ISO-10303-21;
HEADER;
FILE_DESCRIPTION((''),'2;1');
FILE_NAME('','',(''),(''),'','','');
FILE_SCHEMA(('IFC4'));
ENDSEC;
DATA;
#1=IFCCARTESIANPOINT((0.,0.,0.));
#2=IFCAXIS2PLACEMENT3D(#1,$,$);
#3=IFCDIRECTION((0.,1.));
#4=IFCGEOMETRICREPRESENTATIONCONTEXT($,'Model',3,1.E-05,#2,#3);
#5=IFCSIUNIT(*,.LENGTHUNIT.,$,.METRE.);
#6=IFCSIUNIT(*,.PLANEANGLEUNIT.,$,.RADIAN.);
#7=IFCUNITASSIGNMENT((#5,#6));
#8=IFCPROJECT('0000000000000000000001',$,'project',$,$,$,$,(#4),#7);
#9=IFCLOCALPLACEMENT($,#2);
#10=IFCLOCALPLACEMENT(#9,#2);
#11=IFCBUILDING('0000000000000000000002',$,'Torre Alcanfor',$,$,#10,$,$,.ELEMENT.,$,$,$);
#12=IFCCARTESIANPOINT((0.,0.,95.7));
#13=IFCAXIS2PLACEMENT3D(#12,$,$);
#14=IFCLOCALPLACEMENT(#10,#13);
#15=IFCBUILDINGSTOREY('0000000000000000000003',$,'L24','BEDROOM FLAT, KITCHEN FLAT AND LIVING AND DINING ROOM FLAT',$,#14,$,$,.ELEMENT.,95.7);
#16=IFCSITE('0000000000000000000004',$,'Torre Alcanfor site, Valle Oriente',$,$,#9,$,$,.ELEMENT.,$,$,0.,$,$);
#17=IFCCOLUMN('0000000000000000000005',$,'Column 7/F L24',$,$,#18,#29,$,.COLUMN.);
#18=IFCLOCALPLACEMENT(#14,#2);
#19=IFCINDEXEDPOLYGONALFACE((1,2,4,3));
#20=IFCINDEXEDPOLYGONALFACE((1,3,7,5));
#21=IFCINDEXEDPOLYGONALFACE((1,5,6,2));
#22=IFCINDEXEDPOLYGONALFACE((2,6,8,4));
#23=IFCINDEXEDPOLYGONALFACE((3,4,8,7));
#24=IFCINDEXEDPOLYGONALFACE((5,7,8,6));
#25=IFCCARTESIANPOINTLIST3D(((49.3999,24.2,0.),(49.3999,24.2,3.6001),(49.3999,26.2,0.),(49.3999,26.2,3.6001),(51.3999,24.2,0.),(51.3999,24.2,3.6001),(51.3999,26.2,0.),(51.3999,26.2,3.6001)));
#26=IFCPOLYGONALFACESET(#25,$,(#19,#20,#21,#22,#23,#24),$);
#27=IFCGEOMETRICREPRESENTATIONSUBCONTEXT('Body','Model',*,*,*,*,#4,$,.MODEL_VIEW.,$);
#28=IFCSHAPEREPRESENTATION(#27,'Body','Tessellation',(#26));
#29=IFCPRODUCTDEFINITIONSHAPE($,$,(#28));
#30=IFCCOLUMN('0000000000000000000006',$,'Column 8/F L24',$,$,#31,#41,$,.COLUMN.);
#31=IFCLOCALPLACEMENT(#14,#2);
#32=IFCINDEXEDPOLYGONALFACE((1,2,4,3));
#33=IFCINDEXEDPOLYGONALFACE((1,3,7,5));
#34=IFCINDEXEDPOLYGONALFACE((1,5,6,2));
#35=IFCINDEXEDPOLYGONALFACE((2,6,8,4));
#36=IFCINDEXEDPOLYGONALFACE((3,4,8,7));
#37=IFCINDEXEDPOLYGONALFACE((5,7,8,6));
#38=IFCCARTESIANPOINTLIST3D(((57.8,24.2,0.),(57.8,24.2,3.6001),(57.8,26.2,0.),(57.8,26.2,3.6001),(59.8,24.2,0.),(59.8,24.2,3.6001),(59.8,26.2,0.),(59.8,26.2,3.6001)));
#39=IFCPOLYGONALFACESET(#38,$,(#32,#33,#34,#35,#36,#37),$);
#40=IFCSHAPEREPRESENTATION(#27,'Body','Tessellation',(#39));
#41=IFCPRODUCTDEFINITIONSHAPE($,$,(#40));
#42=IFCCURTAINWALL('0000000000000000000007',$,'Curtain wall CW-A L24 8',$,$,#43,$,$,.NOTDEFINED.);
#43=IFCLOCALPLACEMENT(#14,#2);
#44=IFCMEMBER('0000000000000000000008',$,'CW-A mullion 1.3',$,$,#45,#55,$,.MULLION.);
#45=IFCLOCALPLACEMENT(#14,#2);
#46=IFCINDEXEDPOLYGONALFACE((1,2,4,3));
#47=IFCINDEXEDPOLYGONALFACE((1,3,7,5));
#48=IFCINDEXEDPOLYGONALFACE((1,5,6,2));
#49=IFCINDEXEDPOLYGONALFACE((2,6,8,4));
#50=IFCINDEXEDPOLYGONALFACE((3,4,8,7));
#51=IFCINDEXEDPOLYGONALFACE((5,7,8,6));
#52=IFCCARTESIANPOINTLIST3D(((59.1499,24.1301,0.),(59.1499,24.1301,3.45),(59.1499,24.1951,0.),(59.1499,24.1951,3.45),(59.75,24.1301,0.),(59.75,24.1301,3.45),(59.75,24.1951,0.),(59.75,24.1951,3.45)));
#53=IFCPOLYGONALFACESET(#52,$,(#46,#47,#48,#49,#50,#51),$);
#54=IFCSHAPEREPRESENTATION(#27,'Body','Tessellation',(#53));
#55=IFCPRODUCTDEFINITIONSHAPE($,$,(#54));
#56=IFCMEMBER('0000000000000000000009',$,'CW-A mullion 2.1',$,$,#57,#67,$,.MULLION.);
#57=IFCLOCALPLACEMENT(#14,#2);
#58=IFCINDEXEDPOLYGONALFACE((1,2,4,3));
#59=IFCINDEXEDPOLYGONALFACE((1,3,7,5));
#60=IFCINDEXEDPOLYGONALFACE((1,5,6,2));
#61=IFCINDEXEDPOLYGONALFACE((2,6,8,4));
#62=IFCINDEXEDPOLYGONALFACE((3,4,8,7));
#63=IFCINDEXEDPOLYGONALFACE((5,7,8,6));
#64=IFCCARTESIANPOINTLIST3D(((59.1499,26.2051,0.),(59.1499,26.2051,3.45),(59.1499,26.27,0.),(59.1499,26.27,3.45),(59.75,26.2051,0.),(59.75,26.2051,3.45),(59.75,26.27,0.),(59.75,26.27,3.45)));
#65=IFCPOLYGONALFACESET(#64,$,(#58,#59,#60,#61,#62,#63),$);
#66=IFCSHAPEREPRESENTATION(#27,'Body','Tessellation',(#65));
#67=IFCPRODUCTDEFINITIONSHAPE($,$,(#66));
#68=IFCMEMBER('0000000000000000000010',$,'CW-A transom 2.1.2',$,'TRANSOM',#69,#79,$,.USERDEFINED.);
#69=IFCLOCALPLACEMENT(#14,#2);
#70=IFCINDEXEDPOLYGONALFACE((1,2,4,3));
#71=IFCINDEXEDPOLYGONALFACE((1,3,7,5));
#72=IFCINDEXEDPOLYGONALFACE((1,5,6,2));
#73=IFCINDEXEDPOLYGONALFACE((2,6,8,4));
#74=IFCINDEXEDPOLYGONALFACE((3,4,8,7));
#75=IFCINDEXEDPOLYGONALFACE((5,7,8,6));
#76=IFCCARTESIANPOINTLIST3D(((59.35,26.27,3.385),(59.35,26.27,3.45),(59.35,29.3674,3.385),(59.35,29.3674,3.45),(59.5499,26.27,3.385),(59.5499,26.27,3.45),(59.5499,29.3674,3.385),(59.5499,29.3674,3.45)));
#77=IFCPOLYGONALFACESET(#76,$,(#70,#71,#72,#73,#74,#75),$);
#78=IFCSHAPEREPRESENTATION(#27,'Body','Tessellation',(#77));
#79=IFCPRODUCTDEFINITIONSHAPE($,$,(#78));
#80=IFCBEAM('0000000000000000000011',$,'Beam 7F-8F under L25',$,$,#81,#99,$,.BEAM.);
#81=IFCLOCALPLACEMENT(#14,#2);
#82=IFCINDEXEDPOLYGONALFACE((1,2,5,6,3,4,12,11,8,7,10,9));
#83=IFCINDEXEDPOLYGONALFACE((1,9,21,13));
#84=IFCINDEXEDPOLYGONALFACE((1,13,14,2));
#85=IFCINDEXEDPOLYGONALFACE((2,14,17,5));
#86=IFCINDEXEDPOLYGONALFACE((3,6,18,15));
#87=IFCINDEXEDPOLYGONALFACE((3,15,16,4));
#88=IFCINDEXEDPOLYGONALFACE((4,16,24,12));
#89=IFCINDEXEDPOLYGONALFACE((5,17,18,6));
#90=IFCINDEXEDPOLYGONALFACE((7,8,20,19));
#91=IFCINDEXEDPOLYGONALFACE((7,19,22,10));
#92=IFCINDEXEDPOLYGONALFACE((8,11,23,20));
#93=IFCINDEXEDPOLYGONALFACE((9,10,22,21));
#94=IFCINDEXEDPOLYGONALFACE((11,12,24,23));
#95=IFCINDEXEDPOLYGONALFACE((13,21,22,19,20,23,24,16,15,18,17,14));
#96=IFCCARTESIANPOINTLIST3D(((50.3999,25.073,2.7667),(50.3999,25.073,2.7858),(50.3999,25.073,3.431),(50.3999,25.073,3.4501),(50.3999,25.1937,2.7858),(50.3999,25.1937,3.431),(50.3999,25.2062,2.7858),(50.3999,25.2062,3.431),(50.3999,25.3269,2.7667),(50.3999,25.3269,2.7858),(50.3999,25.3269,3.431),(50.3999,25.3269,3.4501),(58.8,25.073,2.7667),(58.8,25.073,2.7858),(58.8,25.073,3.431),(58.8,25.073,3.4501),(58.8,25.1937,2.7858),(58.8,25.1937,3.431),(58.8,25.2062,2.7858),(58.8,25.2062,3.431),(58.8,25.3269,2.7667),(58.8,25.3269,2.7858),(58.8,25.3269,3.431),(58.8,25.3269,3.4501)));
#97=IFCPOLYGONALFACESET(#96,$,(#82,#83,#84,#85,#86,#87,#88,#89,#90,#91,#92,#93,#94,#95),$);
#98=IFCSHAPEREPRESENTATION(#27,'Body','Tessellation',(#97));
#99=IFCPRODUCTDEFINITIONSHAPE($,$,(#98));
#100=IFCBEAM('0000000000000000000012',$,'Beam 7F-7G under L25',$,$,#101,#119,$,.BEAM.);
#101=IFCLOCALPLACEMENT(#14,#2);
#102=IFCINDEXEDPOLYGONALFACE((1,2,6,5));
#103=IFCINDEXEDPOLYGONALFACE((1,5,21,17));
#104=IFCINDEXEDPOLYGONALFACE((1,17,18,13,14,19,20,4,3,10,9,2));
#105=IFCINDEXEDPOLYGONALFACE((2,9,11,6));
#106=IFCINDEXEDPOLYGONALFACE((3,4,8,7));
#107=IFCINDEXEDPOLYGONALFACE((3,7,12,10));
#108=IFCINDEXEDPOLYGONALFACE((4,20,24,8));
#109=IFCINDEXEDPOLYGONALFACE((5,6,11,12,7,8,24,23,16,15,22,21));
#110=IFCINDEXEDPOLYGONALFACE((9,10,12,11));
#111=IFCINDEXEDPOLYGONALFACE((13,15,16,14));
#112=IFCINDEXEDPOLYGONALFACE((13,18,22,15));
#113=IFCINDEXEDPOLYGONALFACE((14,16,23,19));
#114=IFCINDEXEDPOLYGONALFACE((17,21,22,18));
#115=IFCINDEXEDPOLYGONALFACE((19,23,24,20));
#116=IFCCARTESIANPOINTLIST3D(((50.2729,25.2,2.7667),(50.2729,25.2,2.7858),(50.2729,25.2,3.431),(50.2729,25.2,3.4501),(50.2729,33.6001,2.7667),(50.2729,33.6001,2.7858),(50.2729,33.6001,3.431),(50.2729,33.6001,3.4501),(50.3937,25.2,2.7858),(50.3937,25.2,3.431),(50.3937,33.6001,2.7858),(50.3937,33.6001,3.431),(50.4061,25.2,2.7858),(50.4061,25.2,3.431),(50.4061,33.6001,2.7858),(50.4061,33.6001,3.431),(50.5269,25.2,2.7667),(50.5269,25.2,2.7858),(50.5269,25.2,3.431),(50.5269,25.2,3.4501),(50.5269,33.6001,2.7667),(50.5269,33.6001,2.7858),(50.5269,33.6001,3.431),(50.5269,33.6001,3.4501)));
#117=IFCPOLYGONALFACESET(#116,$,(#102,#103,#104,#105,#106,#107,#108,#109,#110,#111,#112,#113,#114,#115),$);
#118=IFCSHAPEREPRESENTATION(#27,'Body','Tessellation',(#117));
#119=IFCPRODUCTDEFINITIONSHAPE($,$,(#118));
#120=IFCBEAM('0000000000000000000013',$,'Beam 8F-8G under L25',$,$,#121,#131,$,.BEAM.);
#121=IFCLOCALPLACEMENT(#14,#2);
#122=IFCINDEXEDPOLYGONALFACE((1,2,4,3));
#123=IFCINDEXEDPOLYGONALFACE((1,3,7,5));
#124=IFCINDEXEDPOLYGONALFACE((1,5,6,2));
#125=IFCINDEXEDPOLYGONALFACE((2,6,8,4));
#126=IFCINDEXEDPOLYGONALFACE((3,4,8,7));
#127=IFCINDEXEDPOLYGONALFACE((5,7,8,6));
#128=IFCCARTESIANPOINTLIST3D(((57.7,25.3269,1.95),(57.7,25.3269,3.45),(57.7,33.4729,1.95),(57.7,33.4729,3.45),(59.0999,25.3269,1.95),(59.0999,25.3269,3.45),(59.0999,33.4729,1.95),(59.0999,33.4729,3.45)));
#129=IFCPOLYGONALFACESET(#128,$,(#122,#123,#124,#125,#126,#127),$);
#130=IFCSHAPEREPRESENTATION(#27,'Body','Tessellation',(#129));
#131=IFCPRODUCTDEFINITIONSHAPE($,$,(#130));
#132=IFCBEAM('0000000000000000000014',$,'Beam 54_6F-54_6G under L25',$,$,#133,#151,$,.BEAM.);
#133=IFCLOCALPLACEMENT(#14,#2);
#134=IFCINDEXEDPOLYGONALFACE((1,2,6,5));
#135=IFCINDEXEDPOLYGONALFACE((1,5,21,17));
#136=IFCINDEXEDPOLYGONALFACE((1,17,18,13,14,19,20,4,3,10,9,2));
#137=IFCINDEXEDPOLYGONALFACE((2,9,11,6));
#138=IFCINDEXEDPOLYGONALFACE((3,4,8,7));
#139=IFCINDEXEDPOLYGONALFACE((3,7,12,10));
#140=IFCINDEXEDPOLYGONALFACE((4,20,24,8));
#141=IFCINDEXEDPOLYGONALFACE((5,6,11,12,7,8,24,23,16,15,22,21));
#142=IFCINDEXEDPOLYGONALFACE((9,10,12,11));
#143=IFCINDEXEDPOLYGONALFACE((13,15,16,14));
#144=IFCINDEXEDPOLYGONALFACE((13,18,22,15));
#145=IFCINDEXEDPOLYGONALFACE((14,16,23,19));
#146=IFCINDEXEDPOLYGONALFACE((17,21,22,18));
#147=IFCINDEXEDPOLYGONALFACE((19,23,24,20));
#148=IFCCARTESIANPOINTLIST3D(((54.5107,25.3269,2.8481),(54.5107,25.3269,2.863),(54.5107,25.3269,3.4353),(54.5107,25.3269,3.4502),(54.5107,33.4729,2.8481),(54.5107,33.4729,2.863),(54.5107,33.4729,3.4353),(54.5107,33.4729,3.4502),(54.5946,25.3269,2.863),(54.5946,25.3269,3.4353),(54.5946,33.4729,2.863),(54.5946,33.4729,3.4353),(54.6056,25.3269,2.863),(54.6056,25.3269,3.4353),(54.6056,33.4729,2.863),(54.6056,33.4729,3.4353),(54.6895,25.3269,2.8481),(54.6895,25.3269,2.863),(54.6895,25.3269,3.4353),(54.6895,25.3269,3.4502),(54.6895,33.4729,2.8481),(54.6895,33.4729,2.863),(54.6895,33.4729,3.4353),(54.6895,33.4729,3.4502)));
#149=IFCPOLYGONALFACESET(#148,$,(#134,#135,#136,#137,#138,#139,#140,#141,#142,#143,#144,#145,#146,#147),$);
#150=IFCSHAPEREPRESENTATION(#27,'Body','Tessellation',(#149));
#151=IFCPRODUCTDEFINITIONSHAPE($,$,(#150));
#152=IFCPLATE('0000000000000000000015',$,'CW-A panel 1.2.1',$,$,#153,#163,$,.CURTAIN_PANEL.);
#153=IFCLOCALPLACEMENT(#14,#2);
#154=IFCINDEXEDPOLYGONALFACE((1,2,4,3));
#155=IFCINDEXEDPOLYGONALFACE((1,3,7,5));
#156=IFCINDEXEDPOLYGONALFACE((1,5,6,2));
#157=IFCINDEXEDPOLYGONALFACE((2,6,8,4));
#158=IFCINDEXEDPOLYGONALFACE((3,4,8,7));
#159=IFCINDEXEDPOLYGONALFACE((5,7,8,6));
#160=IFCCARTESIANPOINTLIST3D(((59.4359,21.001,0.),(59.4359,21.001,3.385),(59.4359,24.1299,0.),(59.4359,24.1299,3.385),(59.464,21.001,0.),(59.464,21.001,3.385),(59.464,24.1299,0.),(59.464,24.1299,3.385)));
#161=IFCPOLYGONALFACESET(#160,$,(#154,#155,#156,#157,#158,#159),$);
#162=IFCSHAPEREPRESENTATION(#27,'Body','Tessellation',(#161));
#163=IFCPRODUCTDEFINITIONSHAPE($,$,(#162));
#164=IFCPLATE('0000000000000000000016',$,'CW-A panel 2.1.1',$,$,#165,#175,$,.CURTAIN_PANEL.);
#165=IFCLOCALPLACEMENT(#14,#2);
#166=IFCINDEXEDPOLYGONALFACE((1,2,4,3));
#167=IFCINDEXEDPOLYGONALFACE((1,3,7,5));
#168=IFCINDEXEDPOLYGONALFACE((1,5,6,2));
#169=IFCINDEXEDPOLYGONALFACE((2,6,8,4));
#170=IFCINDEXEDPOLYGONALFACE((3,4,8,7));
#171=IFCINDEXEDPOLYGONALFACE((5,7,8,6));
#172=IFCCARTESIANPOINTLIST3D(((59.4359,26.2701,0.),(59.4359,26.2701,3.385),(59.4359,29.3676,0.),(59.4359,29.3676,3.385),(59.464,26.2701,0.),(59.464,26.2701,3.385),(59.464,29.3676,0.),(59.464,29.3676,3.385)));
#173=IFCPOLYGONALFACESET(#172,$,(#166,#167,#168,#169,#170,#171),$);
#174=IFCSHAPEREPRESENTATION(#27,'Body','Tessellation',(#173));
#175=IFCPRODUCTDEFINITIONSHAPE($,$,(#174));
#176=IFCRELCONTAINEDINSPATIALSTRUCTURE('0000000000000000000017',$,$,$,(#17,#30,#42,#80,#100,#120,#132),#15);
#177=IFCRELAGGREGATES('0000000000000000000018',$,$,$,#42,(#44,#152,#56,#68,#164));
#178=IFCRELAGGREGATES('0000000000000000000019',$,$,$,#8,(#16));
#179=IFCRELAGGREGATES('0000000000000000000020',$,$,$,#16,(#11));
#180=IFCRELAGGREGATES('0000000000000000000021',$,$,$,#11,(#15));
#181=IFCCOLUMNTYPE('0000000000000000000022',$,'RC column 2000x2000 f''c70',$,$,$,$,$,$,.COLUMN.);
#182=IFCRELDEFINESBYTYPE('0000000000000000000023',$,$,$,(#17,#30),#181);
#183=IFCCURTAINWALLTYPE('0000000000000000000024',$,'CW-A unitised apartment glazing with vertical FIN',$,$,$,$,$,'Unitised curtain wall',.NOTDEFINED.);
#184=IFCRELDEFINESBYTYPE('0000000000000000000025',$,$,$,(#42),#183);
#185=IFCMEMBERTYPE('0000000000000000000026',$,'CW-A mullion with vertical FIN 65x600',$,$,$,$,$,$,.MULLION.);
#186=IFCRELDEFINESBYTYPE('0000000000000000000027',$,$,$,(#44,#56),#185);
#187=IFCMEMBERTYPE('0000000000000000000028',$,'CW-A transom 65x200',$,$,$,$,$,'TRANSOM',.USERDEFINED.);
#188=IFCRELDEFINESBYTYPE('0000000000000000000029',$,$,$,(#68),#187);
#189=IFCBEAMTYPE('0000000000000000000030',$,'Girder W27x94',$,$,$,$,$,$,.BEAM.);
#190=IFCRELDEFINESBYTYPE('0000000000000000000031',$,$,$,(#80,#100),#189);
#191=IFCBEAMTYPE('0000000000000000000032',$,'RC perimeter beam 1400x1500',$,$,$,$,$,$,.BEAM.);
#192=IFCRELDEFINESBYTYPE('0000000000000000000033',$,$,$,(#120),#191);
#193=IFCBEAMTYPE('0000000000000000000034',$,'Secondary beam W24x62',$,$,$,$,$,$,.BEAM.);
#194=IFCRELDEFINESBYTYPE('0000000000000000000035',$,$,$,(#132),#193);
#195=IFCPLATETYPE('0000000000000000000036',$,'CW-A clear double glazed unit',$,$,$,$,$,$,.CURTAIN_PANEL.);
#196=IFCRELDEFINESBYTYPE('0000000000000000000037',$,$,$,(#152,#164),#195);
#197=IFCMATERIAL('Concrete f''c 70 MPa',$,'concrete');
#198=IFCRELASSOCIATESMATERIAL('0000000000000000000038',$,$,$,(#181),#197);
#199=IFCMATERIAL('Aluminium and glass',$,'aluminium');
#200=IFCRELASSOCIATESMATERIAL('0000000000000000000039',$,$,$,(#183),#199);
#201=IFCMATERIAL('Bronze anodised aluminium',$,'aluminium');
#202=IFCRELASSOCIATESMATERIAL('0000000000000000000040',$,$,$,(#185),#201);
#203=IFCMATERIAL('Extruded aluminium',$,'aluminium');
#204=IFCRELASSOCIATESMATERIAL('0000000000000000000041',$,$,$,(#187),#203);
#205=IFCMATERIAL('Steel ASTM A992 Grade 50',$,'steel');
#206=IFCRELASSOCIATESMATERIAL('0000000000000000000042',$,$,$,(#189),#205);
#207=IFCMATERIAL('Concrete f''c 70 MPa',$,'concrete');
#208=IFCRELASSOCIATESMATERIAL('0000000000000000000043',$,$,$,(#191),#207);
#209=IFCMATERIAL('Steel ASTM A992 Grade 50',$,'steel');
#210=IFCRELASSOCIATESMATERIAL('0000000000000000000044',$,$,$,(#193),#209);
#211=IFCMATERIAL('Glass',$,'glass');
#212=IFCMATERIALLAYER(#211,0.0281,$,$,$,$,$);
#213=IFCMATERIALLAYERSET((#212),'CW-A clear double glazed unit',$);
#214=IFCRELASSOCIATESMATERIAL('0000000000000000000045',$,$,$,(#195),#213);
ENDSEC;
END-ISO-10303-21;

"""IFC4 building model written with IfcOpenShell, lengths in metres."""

from ifc_helpers import new_model, si_unit, direction, frame, origin, origin_2d, place, context, subcontext, project, spatial, rectangle, i_section, extrude, material, layer, layer_set, material_profile, profile_set, type_object, element, aggregate, save


model = new_model("IFC4")

# Units and contexts
model_context = context("Model", 3, precision=1e-05, world=origin(), true_north=direction((0.0, 1.0)))
body_context = subcontext(model_context, "Body", "Model", "MODEL_VIEW")
ifc_project = project(units=[si_unit("LENGTHUNIT", "METRE"), si_unit("PLANEANGLEUNIT", "RADIAN")], contexts=[model_context])

# Site, building, storey
site_placement = place(None, origin())
site = spatial("IfcSite", under=ifc_project, at=site_placement, Name="Torre Alcanfor site, Valle Oriente", CompositionType="ELEMENT", RefElevation=0.0)
building_placement = place(site_placement, origin())
building = spatial("IfcBuilding", under=site, at=building_placement, Name="Torre Alcanfor", CompositionType="ELEMENT")
storey_placement = place(building_placement, frame((0.0, 0.0, 95.7)))
storey = spatial("IfcBuildingStorey", under=building, at=storey_placement, Name="L24", Description="BEDROOM FLAT, KITCHEN FLAT AND LIVING AND DINING ROOM FLAT", CompositionType="ELEMENT", Elevation=95.7)

# Columns
ifc_material_1 = material(Name="Concrete f'c 70 MPa", Category="concrete")
ifc_material_profile_1 = material_profile(ifc_material_1, rectangle(XDim=2.0, YDim=2.0, at=origin_2d()), Name="2000x2000")
ifc_profile_set_1 = profile_set([ifc_material_profile_1], Name="Concrete f'c 70 MPa")
column_type = type_object("IfcColumnType", Name="RC column 2000x2000 f'c70", PredefinedType="COLUMN", material=ifc_profile_set_1)
for number, where, z_axis, x_axis, name in (
    (1, (50.3999, 25.2, 0.0), (0.0, 0.0, 1.0), (1.0, 0.0, 0.0), "Column 7/F L24"),
    (2, (58.8, 25.2, 0.0), (0.0, 0.0, 1.0), (1.0, 0.0, 0.0), "Column 8/F L24"),
):
    element("IfcColumn", number, at=place(storey_placement, frame(where, z_axis=z_axis, x_axis=x_axis)), inside=storey, type_object=column_type, Name=name, PredefinedType="COLUMN", context=body_context, shape_type="SweptSolid", body=[
        extrude(rectangle(XDim=2.0, YDim=2.0, at=origin_2d()), origin(), (0.0, 0.0, 1.0), 3.6001),
    ])

# Curtain wall, members
ifc_material_2 = material(Name="Aluminium and glass", Category="aluminium")
curtain_wall_type = type_object("IfcCurtainWallType", Name="CW-A unitised apartment glazing with vertical FIN", ElementType="Unitised curtain wall", PredefinedType="NOTDEFINED", material=ifc_material_2)
curtain_wall_placement = place(storey_placement, origin())
curtain_wall = element("IfcCurtainWall", 3, at=curtain_wall_placement, inside=storey, type_object=curtain_wall_type, Name="Curtain wall CW-A L24 8", PredefinedType="NOTDEFINED")
ifc_material_3 = material(Name="Bronze anodised aluminium", Category="aluminium")
ifc_material_profile_2 = material_profile(ifc_material_3, rectangle(XDim=0.6001, YDim=0.0649, at=origin_2d()), Name="CW-A mullion 65x600")
ifc_profile_set_2 = profile_set([ifc_material_profile_2], Name="Bronze anodised aluminium")
member_type_1 = type_object("IfcMemberType", Name="CW-A mullion with vertical FIN 65x600", PredefinedType="MULLION", material=ifc_profile_set_2)
member_1_placement = place(storey_placement, frame((59.45, 24.1626, 0.0), z_axis=(0.0, 0.0, 1.0), x_axis=(-1.0, 0.0, 0.0)))
member_1 = element("IfcMember", 4, at=member_1_placement, type_object=member_type_1, Name="CW-A mullion 1.3", PredefinedType="MULLION", context=body_context, shape_type="SweptSolid", body=[
    extrude(rectangle(XDim=0.6001, YDim=0.0649, at=origin_2d()), origin(), (0.0, 0.0, 1.0), 3.45),
])
member_2_placement = place(storey_placement, frame((59.45, 26.2375, 0.0), z_axis=(0.0, 0.0, 1.0), x_axis=(-1.0, 0.0, 0.0)))
member_2 = element("IfcMember", 5, at=member_2_placement, type_object=member_type_1, Name="CW-A mullion 2.1", PredefinedType="MULLION", context=body_context, shape_type="SweptSolid", body=[
    extrude(rectangle(XDim=0.6001, YDim=0.0649, at=origin_2d()), origin(), (0.0, 0.0, 1.0), 3.45),
])
ifc_material_4 = material(Name="Extruded aluminium", Category="aluminium")
ifc_material_profile_3 = material_profile(ifc_material_4, rectangle(XDim=0.2, YDim=0.0649, at=origin_2d()), Name="CW-A transom 200x65")
ifc_profile_set_3 = profile_set([ifc_material_profile_3], Name="Extruded aluminium")
member_type_2 = type_object("IfcMemberType", Name="CW-A transom 65x200", ElementType="TRANSOM", PredefinedType="USERDEFINED", material=ifc_profile_set_3)
member_3_placement = place(storey_placement, frame((59.45, 26.27, 3.4175), z_axis=(0.0, 1.0, 0.0), x_axis=(-1.0, 0.0, 0.0)))
member_3 = element("IfcMember", 6, at=member_3_placement, type_object=member_type_2, Name="CW-A transom 2.1.2", ObjectType="TRANSOM", PredefinedType="USERDEFINED", context=body_context, shape_type="SweptSolid", body=[
    extrude(rectangle(XDim=0.2, YDim=0.0649, at=origin_2d()), origin(), (0.0, 0.0, 1.0), 3.0974),
])

# Beams
ifc_material_5 = material(Name="Steel ASTM A992 Grade 50", Category="steel")
ifc_material_profile_4 = material_profile(ifc_material_5, i_section(OverallWidth=0.2539, OverallDepth=0.6833, WebThickness=0.0125, FlangeThickness=0.019, at=origin_2d()), Name="W27x94")
ifc_profile_set_4 = profile_set([ifc_material_profile_4], Name="Steel ASTM A992 Grade 50")
beam_type_1 = type_object("IfcBeamType", Name="Girder W27x94", PredefinedType="BEAM", material=ifc_profile_set_4)
for number, where, z_axis, x_axis, name in (
    (7, (50.3999, 25.2, 3.1084), (1.0, 0.0, 0.0), (0.0, 1.0, 0.0), "Beam 7F-8F under L25"),
    (8, (50.3999, 25.2, 3.1084), (0.0, 1.0, 0.0), (-1.0, 0.0, 0.0), "Beam 7F-7G under L25"),
):
    element("IfcBeam", number, at=place(storey_placement, frame(where, z_axis=z_axis, x_axis=x_axis)), inside=storey, type_object=beam_type_1, Name=name, PredefinedType="BEAM", context=body_context, shape_type="SweptSolid", body=[
        extrude(i_section(OverallWidth=0.2539, OverallDepth=0.6833, WebThickness=0.0125, FlangeThickness=0.019, at=origin_2d()), origin(), (0.0, 0.0, 1.0), 8.4001),
    ])
ifc_material_6 = material(Name="Concrete f'c 70 MPa", Category="concrete")
ifc_material_profile_5 = material_profile(ifc_material_6, rectangle(XDim=1.3999, YDim=1.5, at=origin_2d()), Name="1400x1500")
ifc_profile_set_5 = profile_set([ifc_material_profile_5], Name="Concrete f'c 70 MPa")
beam_type_2 = type_object("IfcBeamType", Name="RC perimeter beam 1400x1500", PredefinedType="BEAM", material=ifc_profile_set_5)
beam_1_placement = place(storey_placement, frame((58.3999, 25.3269, 2.7), z_axis=(0.0, 1.0, 0.0), x_axis=(-1.0, 0.0, 0.0)))
element("IfcBeam", 9, at=beam_1_placement, inside=storey, type_object=beam_type_2, Name="Beam 8F-8G under L25", PredefinedType="BEAM", context=body_context, shape_type="SweptSolid", body=[
    extrude(rectangle(XDim=1.3999, YDim=1.5, at=origin_2d()), origin(), (0.0, 0.0, 1.0), 8.146),
])
ifc_material_7 = material(Name="Steel ASTM A992 Grade 50", Category="steel")
ifc_material_profile_6 = material_profile(ifc_material_7, i_section(OverallWidth=0.1787, OverallDepth=0.6021, WebThickness=0.011, FlangeThickness=0.0149, at=origin_2d()), Name="W24x62")
ifc_profile_set_6 = profile_set([ifc_material_profile_6], Name="Steel ASTM A992 Grade 50")
beam_type_3 = type_object("IfcBeamType", Name="Secondary beam W24x62", PredefinedType="BEAM", material=ifc_profile_set_6)
beam_2_placement = place(storey_placement, frame((54.6001, 25.3269, 3.1492), z_axis=(0.0, 1.0, 0.0), x_axis=(-1.0, 0.0, 0.0)))
element("IfcBeam", 10, at=beam_2_placement, inside=storey, type_object=beam_type_3, Name="Beam 54_6F-54_6G under L25", PredefinedType="BEAM", context=body_context, shape_type="SweptSolid", body=[
    extrude(i_section(OverallWidth=0.1787, OverallDepth=0.6021, WebThickness=0.011, FlangeThickness=0.0149, at=origin_2d()), origin(), (0.0, 0.0, 1.0), 8.146),
])

# Plates
ifc_material_8 = material(Name="Glass", Category="glass")
ifc_layer_1 = layer(ifc_material_8, 0.0281)
ifc_layer_set_1 = layer_set([ifc_layer_1], Name="CW-A clear double glazed unit")
plate_type = type_object("IfcPlateType", Name="CW-A clear double glazed unit", PredefinedType="CURTAIN_PANEL", material=ifc_layer_set_1)
plate_1_placement = place(storey_placement, frame((59.45, 22.5654, 0.0), z_axis=(0.0, 0.0, 1.0), x_axis=(0.0, 1.0, 0.0)))
plate_1 = element("IfcPlate", 11, at=plate_1_placement, type_object=plate_type, Name="CW-A panel 1.2.1", PredefinedType="CURTAIN_PANEL", context=body_context, shape_type="SweptSolid", body=[
    extrude(rectangle(XDim=3.1289, YDim=0.0281, at=origin_2d()), origin(), (0.0, 0.0, 1.0), 3.385),
])
plate_2_placement = place(storey_placement, frame((59.45, 27.8188, 0.0), z_axis=(0.0, 0.0, 1.0), x_axis=(0.0, 1.0, 0.0)))
plate_2 = element("IfcPlate", 12, at=plate_2_placement, type_object=plate_type, Name="CW-A panel 2.1.1", PredefinedType="CURTAIN_PANEL", context=body_context, shape_type="SweptSolid", body=[
    extrude(rectangle(XDim=3.0974, YDim=0.0281, at=origin_2d()), origin(), (0.0, 0.0, 1.0), 3.385),
])
aggregate(curtain_wall, [member_1, plate_1, member_2, member_3, plate_2])

save(model, "model.ifc")
